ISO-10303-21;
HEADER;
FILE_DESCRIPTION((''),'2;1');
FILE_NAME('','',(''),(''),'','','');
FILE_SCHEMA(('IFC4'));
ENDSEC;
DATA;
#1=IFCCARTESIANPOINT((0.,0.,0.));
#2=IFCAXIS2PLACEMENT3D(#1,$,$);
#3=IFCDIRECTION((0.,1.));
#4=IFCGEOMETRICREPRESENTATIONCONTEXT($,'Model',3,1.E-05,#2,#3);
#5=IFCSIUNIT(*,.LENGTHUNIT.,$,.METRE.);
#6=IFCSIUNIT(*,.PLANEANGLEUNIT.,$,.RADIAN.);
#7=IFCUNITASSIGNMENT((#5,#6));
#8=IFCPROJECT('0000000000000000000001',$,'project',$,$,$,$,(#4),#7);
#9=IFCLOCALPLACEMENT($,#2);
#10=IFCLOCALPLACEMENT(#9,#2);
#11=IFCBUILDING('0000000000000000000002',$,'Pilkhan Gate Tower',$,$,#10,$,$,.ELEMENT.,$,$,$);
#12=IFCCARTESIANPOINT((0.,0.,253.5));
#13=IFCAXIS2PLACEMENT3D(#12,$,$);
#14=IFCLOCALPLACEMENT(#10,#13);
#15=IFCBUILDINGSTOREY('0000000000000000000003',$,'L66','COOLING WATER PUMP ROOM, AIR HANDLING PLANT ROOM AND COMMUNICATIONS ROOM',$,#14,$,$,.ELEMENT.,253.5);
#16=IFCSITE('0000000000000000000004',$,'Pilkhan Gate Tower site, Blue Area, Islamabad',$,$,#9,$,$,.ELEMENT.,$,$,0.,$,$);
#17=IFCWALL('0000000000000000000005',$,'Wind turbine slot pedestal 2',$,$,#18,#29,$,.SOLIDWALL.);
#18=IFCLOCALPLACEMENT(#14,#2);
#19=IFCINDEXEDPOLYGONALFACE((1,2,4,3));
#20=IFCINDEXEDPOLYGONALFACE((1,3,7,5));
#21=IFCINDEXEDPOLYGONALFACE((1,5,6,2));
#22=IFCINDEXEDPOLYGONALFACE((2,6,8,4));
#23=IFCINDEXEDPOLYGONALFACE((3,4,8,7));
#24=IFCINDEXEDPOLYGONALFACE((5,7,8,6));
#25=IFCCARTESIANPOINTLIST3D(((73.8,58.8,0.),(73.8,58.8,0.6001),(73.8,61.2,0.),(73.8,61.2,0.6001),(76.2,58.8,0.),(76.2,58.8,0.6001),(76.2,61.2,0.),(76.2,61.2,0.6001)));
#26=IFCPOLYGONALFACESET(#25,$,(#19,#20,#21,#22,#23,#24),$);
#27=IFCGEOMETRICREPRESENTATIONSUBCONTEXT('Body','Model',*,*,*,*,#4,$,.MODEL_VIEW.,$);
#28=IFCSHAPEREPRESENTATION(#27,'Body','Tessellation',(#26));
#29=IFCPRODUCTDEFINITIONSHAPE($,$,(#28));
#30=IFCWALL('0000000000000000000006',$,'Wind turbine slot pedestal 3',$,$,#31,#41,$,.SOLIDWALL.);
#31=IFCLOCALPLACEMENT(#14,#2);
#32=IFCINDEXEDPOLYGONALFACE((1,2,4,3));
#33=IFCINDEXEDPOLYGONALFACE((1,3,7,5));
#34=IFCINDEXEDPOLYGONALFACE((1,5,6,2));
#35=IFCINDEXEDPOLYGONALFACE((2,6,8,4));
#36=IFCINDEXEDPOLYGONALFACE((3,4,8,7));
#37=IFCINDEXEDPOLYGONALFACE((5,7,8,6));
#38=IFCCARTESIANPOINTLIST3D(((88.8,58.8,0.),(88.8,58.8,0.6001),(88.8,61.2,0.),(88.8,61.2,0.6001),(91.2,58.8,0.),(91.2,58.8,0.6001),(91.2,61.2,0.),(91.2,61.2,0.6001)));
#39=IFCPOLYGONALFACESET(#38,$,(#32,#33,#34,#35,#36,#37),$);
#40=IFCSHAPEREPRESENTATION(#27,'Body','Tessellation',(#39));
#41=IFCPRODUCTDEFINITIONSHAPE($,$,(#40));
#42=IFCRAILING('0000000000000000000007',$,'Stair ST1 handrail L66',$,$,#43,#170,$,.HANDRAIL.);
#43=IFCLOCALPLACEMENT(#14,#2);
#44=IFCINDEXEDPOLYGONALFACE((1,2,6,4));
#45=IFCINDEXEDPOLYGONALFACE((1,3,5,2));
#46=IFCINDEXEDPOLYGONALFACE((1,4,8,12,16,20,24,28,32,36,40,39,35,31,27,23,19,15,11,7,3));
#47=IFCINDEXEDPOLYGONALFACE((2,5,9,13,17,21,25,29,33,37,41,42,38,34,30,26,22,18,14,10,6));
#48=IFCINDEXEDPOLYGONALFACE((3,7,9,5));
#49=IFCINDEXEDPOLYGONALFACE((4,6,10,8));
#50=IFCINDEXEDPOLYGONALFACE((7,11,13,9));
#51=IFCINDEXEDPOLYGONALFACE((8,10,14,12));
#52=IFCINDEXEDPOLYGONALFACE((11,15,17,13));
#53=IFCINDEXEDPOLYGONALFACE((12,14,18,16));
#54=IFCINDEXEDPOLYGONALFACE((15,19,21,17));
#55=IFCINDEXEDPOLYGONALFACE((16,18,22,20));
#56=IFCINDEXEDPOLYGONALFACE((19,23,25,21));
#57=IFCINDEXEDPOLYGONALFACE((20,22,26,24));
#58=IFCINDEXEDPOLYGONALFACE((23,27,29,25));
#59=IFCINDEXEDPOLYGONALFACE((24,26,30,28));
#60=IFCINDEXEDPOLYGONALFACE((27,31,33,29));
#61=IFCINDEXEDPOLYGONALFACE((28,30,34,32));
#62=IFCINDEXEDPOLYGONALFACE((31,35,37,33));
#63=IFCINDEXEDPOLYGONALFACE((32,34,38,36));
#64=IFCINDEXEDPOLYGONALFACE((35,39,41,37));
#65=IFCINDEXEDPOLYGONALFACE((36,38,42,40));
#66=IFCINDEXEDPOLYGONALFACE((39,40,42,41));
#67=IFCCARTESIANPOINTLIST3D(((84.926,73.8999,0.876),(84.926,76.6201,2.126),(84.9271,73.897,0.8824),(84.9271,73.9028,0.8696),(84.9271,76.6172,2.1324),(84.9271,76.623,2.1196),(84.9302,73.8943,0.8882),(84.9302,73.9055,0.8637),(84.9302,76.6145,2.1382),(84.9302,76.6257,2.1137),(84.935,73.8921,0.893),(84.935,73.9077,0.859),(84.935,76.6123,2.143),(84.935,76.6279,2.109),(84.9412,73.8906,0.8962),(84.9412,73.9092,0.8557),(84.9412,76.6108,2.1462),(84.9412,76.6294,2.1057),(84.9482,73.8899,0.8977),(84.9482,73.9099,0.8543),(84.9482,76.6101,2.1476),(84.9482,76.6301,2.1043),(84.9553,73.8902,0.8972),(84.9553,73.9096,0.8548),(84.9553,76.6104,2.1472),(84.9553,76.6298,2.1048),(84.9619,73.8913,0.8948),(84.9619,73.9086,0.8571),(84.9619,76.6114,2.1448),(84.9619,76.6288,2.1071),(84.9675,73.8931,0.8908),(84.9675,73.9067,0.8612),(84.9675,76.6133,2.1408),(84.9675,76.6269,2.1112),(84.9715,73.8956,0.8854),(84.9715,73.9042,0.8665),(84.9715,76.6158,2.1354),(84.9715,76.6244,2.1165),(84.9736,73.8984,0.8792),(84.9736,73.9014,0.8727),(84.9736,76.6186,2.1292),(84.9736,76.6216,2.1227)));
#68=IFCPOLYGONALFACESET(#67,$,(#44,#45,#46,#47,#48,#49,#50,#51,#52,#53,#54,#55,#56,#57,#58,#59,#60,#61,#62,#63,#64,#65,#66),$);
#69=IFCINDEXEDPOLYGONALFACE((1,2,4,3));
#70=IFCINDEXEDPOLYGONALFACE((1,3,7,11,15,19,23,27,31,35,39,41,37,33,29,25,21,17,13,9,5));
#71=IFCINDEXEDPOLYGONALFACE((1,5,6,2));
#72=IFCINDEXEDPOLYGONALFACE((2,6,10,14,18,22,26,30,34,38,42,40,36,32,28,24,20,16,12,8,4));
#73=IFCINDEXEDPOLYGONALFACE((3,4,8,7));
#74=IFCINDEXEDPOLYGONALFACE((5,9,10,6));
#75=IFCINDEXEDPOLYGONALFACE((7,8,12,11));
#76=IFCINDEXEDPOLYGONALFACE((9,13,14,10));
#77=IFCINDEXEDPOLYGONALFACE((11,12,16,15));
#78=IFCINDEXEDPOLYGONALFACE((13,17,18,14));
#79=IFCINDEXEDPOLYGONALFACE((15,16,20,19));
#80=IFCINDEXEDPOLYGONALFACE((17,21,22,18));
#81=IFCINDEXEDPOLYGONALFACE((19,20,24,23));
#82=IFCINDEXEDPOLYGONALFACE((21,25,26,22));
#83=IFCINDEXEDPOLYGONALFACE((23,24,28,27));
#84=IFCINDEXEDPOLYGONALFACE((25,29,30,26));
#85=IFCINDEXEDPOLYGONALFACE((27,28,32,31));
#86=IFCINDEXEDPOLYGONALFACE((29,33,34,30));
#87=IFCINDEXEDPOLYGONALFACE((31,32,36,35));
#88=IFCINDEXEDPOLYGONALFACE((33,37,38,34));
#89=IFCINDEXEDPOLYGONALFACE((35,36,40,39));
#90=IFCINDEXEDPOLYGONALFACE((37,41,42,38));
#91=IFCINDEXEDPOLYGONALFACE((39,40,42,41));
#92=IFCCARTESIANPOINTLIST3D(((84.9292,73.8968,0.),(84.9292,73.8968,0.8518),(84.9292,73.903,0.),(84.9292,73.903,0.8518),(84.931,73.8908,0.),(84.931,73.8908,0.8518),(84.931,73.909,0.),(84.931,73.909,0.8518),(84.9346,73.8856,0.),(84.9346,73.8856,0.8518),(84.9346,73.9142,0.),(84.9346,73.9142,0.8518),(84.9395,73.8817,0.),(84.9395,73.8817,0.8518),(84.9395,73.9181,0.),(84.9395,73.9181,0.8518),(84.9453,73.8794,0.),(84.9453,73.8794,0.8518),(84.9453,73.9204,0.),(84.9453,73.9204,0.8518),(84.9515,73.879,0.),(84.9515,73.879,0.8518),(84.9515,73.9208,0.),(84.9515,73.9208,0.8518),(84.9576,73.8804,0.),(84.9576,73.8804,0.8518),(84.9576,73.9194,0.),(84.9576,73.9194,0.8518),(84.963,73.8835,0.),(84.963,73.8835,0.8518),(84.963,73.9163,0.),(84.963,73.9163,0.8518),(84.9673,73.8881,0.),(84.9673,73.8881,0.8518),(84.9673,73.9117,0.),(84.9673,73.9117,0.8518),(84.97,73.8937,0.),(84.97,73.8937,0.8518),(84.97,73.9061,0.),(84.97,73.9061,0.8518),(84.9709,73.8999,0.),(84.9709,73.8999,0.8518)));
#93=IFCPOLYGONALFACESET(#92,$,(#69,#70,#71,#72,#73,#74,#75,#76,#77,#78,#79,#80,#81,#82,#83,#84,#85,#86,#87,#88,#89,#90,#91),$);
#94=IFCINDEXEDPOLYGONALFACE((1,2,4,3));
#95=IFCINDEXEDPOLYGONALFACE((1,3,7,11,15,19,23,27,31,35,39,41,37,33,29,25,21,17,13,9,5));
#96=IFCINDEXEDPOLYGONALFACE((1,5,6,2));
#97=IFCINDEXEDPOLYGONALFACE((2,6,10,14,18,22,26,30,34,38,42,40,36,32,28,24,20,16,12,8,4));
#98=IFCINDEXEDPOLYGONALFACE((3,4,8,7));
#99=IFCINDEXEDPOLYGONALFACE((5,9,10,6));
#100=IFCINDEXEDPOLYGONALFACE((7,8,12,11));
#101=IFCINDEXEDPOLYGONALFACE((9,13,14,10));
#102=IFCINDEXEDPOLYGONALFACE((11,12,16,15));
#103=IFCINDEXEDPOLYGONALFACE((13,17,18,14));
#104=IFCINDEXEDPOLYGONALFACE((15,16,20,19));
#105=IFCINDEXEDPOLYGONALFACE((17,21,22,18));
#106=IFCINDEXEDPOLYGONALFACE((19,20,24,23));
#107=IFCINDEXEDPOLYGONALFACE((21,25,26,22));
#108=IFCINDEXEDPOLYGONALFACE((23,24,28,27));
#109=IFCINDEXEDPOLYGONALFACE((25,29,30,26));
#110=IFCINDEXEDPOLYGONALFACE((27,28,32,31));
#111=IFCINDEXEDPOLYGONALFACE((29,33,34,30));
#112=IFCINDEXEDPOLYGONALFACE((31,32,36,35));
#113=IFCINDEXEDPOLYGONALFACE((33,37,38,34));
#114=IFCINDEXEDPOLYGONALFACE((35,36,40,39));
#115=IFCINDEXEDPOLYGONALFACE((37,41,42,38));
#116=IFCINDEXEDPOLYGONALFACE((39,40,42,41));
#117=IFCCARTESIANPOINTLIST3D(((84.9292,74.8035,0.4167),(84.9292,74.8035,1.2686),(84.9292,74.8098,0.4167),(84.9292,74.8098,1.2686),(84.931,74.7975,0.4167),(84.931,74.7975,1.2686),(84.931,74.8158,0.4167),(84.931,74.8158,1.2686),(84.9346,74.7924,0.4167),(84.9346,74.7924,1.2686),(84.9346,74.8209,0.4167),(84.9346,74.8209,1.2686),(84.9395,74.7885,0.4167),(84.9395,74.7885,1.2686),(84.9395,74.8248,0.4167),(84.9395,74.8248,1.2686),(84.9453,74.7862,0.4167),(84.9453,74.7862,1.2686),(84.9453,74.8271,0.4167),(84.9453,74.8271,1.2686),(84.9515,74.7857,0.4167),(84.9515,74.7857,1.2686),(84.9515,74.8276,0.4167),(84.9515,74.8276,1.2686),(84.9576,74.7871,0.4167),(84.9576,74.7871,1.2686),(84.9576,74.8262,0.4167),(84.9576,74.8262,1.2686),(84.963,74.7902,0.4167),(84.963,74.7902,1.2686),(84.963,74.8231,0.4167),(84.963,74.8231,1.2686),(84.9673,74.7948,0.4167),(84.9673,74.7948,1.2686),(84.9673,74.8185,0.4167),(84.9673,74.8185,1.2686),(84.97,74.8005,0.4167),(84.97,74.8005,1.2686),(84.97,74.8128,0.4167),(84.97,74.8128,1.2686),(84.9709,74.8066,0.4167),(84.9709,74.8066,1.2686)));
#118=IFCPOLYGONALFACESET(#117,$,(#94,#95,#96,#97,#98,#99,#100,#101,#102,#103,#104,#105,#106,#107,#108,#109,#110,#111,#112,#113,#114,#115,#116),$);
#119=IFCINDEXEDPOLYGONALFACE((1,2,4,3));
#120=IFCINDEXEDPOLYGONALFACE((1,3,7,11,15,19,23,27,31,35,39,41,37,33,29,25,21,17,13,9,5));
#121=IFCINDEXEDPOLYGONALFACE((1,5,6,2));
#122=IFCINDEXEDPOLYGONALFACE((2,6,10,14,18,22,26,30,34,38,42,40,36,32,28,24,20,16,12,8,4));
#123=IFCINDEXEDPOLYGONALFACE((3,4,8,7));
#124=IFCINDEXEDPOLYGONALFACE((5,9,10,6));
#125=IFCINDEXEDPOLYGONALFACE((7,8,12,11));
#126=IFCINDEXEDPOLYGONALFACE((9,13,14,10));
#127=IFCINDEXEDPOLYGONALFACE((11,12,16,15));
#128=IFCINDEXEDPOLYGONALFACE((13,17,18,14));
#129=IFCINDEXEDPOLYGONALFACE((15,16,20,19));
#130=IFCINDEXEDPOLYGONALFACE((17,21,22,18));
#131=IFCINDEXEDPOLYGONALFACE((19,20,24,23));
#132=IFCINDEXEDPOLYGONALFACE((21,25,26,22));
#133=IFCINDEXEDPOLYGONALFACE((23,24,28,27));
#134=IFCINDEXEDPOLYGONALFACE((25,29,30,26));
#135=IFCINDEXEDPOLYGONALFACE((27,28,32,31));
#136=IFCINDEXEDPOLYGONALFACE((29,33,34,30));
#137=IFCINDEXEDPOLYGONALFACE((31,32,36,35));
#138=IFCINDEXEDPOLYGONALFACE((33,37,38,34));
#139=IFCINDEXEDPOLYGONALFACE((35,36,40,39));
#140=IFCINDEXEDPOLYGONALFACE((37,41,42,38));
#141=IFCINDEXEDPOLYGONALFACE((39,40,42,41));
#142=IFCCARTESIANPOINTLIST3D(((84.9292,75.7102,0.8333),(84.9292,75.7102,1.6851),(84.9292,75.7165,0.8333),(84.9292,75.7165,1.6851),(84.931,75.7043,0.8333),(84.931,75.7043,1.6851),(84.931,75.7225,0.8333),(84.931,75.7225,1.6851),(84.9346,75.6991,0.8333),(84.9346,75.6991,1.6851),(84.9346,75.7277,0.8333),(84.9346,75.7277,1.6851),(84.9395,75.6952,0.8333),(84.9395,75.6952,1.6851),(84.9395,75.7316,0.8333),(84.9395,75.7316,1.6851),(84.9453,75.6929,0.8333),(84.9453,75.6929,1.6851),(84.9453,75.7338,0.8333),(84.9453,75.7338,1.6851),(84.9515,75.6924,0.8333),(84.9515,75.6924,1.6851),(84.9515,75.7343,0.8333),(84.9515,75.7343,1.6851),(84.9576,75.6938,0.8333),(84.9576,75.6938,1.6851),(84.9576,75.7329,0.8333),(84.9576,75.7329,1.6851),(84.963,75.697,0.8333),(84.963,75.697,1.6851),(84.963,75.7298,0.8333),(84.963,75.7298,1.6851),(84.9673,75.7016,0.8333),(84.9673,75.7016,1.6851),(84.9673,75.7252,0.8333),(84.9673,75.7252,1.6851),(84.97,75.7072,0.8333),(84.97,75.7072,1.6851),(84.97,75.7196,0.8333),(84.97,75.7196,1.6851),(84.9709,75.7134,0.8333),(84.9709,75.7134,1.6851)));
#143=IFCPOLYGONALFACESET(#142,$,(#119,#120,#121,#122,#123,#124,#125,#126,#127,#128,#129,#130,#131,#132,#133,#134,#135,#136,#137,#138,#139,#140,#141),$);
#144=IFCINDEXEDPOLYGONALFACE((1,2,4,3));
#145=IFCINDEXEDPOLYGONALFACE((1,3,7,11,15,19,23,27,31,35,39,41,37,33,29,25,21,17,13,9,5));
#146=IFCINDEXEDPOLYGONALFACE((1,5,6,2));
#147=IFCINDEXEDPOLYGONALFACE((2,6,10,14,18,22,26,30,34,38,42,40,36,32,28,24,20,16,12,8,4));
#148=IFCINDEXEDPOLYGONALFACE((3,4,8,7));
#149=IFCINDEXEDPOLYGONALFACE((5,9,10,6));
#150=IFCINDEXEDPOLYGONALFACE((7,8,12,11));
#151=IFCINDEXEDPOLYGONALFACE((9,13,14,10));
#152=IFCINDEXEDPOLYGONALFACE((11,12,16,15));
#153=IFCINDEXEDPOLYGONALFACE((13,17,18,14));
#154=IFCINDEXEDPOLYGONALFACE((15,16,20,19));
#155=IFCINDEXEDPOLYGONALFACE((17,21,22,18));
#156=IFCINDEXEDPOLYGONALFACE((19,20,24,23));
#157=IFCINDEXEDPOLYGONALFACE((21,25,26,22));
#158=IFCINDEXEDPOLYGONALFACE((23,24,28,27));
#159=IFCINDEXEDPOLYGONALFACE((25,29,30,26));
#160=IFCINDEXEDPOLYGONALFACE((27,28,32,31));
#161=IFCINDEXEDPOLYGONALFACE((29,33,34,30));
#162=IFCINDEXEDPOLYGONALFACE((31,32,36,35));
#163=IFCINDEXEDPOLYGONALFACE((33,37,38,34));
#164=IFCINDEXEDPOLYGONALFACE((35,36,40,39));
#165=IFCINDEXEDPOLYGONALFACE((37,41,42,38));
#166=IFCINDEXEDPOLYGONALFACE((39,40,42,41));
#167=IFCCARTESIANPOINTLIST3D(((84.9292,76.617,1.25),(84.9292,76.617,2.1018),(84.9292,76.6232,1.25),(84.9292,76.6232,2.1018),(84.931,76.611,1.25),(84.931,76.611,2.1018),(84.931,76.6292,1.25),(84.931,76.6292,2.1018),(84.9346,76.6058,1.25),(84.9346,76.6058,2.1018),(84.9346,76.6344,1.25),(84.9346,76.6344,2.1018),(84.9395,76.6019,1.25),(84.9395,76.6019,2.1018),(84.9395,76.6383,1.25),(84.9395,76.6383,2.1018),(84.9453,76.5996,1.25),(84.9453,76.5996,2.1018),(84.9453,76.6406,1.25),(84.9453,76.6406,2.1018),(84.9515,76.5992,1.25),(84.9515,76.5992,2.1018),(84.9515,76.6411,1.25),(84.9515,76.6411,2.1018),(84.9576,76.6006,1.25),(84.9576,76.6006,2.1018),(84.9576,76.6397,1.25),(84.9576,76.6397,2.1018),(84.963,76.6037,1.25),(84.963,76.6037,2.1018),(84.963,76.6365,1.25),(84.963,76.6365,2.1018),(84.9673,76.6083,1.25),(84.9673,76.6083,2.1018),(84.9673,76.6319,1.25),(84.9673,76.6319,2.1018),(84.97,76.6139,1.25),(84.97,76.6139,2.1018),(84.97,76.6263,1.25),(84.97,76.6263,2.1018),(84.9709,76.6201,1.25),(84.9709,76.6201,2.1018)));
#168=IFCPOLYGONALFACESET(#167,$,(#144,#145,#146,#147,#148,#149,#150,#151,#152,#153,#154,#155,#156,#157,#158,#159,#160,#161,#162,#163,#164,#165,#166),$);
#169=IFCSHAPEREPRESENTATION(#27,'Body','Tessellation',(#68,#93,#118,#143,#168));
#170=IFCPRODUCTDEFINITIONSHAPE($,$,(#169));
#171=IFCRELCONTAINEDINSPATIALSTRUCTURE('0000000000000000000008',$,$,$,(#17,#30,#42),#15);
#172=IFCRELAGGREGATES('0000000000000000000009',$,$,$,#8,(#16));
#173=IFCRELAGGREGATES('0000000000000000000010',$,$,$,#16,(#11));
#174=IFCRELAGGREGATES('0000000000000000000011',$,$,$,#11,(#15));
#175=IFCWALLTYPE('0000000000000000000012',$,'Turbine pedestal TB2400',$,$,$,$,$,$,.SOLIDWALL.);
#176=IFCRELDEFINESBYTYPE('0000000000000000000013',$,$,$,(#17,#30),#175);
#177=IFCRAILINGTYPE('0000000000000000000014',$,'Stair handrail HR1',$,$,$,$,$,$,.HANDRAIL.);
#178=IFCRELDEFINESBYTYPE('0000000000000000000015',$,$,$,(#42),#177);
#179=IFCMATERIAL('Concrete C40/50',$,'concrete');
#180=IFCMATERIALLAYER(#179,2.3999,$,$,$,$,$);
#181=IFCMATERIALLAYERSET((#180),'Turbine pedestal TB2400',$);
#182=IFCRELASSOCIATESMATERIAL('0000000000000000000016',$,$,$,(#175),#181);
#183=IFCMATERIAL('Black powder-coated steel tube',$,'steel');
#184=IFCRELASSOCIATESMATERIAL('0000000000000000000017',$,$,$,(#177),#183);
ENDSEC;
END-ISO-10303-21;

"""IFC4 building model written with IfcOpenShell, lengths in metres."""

from ifc_helpers import new_model, si_unit, direction, frame, frame_2d, origin, origin_2d, place, context, subcontext, project, spatial, rectangle, circle, extrude, material, layer, layer_set, type_object, element, save


model = new_model("IFC4")

# Units and contexts
model_context = context("Model", 3, precision=1e-05, world=origin(), true_north=direction((0.0, 1.0)))
body_context = subcontext(model_context, "Body", "Model", "MODEL_VIEW")
ifc_project = project(units=[si_unit("LENGTHUNIT", "METRE"), si_unit("PLANEANGLEUNIT", "RADIAN")], contexts=[model_context])

# Site, building, storey
site_placement = place(None, origin())
site = spatial("IfcSite", under=ifc_project, at=site_placement, Name="Pilkhan Gate Tower site, Blue Area, Islamabad", CompositionType="ELEMENT", RefElevation=0.0)
building_placement = place(site_placement, origin())
building = spatial("IfcBuilding", under=site, at=building_placement, Name="Pilkhan Gate Tower", CompositionType="ELEMENT")
storey_placement = place(building_placement, frame((0.0, 0.0, 253.5)))
storey = spatial("IfcBuildingStorey", under=building, at=storey_placement, Name="L66", Description="COOLING WATER PUMP ROOM, AIR HANDLING PLANT ROOM AND COMMUNICATIONS ROOM", CompositionType="ELEMENT", Elevation=253.5)

# Walls
ifc_material_1 = material(Name="Concrete C40/50", Category="concrete")
ifc_layer_1 = layer(ifc_material_1, 2.3999)
ifc_layer_set_1 = layer_set([ifc_layer_1], Name="Turbine pedestal TB2400")
wall_type_1 = type_object("IfcWallType", Name="Turbine pedestal TB2400", PredefinedType="SOLIDWALL", material=ifc_layer_set_1)
for number, where, z_axis, x_axis, name in (
    (1, (73.8, 60.0, 0.0), (0.0, 0.0, 1.0), (1.0, 0.0, 0.0), "Wind turbine slot pedestal 2"),
    (2, (88.8, 60.0, 0.0), (0.0, 0.0, 1.0), (1.0, 0.0, 0.0), "Wind turbine slot pedestal 3"),
):
    element("IfcWall", number, at=place(storey_placement, frame(where, z_axis=z_axis, x_axis=x_axis)), inside=storey, type_object=wall_type_1, Name=name, PredefinedType="SOLIDWALL", context=body_context, shape_type="SweptSolid", body=[
        extrude(rectangle(XDim=2.3999, YDim=2.3999, at=frame_2d((1.2, 0.0))), origin(), (0.0, 0.0, 1.0), 0.6001),
    ])

# Railing
ifc_material_2 = material(Name="Black powder-coated steel tube", Category="steel")
railing_type = type_object("IfcRailingType", Name="Stair handrail HR1", PredefinedType="HANDRAIL", material=ifc_material_2)
for number, where, name in (
    (3, (84.95, 73.8999, 0.0), "Stair ST1 handrail L66"),
):
    element("IfcRailing", number, at=place(storey_placement, frame(where)), inside=storey, type_object=railing_type, Name=name, PredefinedType="HANDRAIL", context=body_context, shape_type="SweptSolid", body=[
        extrude(circle(Radius=0.0239, at=origin_2d()), frame((0.0, 0.0, 0.876), z_axis=(0.0, 0.908655, 0.417547), x_axis=(-1.0, 0.0, 0.0)), (0.0, 0.0, 1.0), 2.9937),
        extrude(circle(Radius=0.021, at=origin_2d()), origin(), (0.0, 0.0, 1.0), 0.8518),
        extrude(circle(Radius=0.021, at=origin_2d()), frame((0.0, 0.9067, 0.4167)), (0.0, 0.0, 1.0), 0.8518),
        extrude(circle(Radius=0.021, at=origin_2d()), frame((0.0, 1.8135, 0.8333)), (0.0, 0.0, 1.0), 0.8518),
        extrude(circle(Radius=0.021, at=origin_2d()), frame((0.0, 2.7202, 1.25)), (0.0, 0.0, 1.0), 0.8518),
    ])

save(model, "model.ifc")
